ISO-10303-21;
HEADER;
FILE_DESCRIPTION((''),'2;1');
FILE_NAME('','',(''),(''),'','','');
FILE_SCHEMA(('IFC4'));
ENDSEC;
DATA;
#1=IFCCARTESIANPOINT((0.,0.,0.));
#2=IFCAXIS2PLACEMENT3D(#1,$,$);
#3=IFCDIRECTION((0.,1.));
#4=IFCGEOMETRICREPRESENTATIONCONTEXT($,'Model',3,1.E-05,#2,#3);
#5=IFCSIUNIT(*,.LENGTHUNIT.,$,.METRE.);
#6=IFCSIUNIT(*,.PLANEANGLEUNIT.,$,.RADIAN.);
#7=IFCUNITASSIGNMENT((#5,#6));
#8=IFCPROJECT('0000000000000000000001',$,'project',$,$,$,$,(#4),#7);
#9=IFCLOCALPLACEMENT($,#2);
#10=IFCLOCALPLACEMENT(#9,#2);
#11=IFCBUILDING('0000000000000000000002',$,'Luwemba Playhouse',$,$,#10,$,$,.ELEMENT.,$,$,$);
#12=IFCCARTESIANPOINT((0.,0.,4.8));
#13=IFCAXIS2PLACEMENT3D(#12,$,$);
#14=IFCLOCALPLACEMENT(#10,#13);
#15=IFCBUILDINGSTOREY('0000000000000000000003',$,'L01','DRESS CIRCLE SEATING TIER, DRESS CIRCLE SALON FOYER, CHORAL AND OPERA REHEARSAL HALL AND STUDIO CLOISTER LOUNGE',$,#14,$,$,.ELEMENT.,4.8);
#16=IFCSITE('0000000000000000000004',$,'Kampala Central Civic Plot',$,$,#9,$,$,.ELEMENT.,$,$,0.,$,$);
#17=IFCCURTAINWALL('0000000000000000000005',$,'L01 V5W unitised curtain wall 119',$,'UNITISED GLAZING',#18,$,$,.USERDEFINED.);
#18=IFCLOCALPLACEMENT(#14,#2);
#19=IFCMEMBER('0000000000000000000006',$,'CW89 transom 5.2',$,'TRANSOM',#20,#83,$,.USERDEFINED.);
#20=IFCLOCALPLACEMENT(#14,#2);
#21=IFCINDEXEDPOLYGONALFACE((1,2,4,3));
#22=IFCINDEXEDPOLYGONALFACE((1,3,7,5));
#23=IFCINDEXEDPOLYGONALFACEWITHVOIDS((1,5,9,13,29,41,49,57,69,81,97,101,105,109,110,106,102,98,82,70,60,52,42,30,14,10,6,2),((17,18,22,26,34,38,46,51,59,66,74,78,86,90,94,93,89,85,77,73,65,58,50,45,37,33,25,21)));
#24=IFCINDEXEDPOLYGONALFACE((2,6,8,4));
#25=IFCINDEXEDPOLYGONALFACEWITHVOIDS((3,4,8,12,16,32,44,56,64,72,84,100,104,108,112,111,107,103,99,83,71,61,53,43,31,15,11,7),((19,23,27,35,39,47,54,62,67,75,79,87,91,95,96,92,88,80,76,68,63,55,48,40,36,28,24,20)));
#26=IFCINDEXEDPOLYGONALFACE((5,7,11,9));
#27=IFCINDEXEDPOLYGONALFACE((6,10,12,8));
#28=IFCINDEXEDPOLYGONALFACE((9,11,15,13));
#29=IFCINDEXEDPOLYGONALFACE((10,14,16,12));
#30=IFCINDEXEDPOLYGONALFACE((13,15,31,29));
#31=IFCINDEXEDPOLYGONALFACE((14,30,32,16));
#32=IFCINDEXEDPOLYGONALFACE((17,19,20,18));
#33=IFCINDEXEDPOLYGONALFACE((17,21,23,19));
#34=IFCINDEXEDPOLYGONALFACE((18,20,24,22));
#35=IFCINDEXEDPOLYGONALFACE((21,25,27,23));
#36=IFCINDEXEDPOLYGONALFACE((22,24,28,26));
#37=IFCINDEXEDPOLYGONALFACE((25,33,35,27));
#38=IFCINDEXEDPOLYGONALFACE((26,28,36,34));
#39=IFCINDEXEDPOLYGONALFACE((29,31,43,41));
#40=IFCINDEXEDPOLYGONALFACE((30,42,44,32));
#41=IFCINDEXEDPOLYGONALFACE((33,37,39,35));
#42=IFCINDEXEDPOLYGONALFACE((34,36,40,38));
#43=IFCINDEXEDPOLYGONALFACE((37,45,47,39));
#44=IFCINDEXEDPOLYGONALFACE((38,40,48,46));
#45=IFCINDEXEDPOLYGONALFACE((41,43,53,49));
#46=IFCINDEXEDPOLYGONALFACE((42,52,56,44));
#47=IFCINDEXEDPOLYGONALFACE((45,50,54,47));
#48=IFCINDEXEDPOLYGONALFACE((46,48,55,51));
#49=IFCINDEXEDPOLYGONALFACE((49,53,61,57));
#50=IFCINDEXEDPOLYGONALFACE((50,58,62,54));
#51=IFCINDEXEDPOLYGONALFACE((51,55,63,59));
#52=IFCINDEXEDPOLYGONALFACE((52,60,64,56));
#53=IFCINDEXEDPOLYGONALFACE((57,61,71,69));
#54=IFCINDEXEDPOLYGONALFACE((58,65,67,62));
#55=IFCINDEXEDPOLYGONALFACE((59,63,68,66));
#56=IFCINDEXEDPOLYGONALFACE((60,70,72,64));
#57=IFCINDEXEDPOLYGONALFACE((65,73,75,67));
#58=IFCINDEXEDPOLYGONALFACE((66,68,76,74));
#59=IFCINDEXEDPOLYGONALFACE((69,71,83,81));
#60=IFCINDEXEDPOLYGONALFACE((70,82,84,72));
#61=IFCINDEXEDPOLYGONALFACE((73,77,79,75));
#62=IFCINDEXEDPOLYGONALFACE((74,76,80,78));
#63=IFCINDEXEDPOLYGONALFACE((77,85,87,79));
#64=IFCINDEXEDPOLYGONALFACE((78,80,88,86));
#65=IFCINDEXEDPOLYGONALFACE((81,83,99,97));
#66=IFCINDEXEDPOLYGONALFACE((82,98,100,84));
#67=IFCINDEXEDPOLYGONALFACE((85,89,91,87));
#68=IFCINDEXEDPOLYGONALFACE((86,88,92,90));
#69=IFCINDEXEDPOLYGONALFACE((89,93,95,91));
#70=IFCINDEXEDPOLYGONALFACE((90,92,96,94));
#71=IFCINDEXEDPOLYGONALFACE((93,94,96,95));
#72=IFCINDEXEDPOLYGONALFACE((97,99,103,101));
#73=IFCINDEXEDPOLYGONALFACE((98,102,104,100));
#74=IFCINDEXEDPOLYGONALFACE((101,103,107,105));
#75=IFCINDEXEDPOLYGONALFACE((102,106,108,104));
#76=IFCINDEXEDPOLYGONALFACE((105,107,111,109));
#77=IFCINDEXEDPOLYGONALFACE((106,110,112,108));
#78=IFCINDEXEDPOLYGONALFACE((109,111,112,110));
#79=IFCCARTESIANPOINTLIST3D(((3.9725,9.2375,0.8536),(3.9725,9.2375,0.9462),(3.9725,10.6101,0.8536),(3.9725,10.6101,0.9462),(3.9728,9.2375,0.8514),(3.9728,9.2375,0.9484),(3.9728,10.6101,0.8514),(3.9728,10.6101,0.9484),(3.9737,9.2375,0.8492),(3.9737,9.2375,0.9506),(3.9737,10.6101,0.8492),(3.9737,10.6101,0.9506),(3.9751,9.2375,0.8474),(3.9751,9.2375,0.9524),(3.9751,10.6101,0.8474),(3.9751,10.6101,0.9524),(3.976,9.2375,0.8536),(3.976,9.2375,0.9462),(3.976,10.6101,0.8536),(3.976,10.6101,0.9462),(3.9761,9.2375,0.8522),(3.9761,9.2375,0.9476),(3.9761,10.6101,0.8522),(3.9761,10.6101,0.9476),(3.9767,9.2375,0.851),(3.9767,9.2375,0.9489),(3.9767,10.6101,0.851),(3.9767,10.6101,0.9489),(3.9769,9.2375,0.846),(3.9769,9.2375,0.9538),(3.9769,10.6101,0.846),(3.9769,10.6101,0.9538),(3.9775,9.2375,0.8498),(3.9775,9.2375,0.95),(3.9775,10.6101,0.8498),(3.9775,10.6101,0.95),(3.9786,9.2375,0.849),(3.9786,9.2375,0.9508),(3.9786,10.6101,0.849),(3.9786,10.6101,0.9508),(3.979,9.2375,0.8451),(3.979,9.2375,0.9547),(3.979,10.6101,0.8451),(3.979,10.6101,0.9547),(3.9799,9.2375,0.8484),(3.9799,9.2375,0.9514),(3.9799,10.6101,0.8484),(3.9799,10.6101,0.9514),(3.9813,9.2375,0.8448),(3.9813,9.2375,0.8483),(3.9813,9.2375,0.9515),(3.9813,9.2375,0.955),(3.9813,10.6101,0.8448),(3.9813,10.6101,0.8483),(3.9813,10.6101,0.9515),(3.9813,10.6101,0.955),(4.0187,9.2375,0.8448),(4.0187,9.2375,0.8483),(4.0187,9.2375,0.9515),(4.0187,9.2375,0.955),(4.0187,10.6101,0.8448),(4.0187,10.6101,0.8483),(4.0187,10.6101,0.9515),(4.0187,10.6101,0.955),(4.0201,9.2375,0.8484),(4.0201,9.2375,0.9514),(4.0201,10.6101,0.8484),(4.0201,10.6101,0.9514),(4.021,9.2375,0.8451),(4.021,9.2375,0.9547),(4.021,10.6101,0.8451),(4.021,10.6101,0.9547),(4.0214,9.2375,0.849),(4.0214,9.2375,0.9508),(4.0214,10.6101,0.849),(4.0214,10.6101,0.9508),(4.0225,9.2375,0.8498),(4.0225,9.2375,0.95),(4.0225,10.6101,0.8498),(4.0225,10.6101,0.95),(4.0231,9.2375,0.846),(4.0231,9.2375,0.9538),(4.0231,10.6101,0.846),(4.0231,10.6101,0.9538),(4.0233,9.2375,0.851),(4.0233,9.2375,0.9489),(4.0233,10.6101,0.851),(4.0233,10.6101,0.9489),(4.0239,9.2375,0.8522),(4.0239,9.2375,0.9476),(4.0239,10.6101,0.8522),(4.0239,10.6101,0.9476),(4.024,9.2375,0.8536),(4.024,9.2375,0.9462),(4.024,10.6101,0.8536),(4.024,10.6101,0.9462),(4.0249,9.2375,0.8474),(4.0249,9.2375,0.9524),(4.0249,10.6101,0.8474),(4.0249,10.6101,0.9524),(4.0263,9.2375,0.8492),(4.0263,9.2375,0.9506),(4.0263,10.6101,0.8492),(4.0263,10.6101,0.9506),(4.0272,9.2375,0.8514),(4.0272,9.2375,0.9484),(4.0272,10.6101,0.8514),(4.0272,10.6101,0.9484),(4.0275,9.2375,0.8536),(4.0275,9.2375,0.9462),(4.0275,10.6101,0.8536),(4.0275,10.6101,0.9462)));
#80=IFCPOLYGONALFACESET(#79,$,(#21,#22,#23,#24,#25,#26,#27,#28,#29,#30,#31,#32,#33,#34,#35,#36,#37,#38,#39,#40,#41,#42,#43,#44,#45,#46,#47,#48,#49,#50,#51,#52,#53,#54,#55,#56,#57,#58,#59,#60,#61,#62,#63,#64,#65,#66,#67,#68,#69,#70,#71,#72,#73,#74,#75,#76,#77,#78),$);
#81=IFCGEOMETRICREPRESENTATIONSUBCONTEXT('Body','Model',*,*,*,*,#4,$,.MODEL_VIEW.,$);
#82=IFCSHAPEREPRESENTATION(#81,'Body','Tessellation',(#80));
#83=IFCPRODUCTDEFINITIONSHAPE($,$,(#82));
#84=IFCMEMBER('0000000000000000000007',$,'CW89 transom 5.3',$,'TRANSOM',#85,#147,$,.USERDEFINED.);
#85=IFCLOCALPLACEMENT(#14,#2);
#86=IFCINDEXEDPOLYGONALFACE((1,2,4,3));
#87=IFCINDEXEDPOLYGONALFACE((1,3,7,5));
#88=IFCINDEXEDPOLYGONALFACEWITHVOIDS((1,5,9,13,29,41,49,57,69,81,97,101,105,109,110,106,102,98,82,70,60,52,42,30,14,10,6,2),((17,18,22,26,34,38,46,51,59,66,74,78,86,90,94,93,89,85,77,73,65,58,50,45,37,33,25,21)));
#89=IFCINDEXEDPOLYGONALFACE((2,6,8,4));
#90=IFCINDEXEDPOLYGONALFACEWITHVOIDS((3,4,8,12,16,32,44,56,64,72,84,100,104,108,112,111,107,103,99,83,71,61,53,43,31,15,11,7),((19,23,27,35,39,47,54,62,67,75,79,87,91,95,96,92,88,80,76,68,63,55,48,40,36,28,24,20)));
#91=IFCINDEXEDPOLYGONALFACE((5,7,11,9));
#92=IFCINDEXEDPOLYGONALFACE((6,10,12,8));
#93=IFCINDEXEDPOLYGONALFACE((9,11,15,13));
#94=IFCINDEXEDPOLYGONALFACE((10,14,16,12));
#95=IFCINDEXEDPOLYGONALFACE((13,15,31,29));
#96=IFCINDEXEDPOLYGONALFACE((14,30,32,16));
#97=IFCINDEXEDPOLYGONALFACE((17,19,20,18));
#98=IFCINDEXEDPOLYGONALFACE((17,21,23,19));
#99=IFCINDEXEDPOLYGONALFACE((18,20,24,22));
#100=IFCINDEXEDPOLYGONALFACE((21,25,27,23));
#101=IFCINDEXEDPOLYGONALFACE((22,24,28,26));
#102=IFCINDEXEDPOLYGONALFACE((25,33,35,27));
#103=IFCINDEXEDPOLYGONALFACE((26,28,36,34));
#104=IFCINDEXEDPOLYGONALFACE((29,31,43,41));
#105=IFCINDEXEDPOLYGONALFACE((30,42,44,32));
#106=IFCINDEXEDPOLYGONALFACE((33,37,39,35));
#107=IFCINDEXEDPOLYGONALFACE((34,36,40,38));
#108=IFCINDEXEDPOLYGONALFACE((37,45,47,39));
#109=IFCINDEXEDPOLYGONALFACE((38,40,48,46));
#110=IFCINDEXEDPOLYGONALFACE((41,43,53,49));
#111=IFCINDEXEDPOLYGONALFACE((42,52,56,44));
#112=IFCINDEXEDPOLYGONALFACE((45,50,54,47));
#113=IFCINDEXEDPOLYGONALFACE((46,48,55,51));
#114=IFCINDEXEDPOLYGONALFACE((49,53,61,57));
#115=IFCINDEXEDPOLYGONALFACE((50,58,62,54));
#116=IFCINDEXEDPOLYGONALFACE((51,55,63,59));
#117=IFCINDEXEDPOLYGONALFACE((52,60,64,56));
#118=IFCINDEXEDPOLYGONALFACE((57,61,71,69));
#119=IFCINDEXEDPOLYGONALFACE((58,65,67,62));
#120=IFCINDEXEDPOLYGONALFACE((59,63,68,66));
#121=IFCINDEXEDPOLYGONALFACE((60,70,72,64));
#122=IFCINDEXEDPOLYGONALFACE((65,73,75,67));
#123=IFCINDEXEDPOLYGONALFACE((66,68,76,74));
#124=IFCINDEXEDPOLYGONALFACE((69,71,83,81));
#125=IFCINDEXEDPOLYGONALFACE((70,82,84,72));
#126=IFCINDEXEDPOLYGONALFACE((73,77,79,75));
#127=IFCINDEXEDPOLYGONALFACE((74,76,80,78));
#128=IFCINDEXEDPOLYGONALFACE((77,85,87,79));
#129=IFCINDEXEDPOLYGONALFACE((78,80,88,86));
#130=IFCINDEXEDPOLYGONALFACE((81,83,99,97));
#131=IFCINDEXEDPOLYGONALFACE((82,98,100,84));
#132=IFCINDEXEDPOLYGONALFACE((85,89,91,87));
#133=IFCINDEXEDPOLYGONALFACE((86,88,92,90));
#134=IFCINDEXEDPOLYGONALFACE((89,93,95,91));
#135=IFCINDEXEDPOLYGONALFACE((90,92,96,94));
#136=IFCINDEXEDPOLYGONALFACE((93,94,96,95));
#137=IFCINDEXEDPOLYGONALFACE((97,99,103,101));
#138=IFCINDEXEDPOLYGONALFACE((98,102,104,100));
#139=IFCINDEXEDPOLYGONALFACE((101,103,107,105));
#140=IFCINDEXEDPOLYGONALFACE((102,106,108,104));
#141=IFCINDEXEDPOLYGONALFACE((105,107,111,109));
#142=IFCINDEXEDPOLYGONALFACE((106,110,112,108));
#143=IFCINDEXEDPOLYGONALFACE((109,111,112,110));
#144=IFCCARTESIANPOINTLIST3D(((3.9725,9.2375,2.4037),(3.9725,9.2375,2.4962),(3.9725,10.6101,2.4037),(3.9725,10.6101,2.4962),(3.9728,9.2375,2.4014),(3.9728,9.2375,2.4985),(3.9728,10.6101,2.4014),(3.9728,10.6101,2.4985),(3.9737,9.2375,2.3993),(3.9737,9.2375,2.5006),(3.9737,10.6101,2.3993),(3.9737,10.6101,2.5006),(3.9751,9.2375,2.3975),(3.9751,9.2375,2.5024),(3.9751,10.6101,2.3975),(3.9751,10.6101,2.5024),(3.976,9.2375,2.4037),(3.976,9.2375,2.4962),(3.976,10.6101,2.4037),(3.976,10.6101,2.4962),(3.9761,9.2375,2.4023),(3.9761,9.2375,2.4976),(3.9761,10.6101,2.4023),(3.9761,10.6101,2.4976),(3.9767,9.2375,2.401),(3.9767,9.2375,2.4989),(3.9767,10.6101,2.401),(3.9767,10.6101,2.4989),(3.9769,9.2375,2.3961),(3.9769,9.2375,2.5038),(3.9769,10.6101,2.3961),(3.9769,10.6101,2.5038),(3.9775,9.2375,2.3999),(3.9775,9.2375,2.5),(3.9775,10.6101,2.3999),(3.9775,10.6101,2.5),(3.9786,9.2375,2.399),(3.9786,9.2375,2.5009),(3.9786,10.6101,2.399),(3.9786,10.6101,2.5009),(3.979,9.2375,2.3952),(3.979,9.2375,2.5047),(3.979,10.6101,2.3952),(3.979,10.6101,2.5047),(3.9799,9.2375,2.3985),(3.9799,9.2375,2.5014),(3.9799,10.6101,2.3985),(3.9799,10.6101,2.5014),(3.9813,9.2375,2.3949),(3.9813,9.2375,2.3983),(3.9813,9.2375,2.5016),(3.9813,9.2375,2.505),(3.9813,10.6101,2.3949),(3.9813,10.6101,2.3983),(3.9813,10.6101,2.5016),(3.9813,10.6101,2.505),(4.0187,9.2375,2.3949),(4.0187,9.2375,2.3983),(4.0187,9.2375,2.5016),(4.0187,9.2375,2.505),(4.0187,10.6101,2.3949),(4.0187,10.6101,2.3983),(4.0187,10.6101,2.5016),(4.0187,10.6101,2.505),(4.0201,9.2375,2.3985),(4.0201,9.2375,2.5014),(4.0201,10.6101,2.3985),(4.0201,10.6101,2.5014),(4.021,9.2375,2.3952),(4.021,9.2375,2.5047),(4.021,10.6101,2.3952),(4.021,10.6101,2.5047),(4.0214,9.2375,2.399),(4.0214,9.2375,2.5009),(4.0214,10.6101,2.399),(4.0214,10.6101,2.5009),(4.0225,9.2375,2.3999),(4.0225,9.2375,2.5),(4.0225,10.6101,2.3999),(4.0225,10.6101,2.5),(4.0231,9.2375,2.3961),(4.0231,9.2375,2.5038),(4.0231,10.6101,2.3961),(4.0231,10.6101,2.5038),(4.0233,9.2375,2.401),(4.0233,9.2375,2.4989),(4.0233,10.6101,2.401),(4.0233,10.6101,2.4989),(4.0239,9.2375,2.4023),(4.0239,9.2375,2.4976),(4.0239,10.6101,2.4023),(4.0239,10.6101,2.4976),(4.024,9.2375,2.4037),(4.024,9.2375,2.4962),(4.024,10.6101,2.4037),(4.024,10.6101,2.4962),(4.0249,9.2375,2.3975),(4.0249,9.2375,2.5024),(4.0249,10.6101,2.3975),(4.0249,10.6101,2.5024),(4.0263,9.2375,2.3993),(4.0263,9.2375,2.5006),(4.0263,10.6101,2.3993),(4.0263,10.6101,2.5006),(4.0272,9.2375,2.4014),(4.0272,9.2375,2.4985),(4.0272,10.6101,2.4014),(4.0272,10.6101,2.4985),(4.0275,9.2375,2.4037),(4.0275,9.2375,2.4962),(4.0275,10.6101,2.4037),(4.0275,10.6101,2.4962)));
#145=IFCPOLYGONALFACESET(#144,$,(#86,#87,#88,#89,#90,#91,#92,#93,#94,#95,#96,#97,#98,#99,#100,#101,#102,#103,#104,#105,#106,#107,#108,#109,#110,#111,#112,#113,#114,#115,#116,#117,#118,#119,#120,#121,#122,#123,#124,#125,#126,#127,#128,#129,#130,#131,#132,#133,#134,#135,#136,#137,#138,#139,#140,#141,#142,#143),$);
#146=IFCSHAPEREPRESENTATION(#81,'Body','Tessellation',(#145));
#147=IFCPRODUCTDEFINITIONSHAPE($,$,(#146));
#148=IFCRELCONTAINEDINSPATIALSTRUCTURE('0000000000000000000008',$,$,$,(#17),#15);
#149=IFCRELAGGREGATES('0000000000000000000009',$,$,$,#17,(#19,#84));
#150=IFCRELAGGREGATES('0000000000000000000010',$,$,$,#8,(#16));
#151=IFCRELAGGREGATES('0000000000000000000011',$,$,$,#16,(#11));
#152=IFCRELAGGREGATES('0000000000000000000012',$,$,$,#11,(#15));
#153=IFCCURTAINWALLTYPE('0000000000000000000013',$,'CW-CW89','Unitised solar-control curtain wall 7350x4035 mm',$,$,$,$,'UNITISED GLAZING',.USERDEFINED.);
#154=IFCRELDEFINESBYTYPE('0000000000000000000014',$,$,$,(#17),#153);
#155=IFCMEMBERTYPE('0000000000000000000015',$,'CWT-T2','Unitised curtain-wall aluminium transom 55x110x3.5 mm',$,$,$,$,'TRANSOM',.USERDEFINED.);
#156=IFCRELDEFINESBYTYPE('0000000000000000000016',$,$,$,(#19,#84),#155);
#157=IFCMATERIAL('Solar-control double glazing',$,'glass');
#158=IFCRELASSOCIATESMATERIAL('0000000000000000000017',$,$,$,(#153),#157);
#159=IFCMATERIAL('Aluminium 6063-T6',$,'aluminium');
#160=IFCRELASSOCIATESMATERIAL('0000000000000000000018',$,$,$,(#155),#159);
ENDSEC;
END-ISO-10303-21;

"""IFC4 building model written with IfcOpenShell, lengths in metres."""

from ifc_helpers import new_model, si_unit, direction, frame, origin, origin_2d, place, context, subcontext, project, spatial, hollow_rectangle, extrude, material, material_profile, profile_set, type_object, element, aggregate, save


model = new_model("IFC4")

# Units and contexts
model_context = context("Model", 3, precision=1e-05, world=origin(), true_north=direction((0.0, 1.0)))
body_context = subcontext(model_context, "Body", "Model", "MODEL_VIEW")
ifc_project = project(units=[si_unit("LENGTHUNIT", "METRE"), si_unit("PLANEANGLEUNIT", "RADIAN")], contexts=[model_context])

# Site, building, storey
site_placement = place(None, origin())
site = spatial("IfcSite", under=ifc_project, at=site_placement, Name="Kampala Central Civic Plot", CompositionType="ELEMENT", RefElevation=0.0)
building_placement = place(site_placement, origin())
building = spatial("IfcBuilding", under=site, at=building_placement, Name="Luwemba Playhouse", CompositionType="ELEMENT")
storey_placement = place(building_placement, frame((0.0, 0.0, 4.8)))
storey = spatial("IfcBuildingStorey", under=building, at=storey_placement, Name="L01", Description="DRESS CIRCLE SEATING TIER, DRESS CIRCLE SALON FOYER, CHORAL AND OPERA REHEARSAL HALL AND STUDIO CLOISTER LOUNGE", CompositionType="ELEMENT", Elevation=4.8)

# Curtain wall, members
ifc_material_1 = material(Name="Solar-control double glazing", Category="glass")
curtain_wall_type = type_object("IfcCurtainWallType", Name="CW-CW89", Description="Unitised solar-control curtain wall 7350x4035 mm", ElementType="UNITISED GLAZING", PredefinedType="USERDEFINED", material=ifc_material_1)
curtain_wall_placement = place(storey_placement, origin())
curtain_wall = element("IfcCurtainWall", 1, at=curtain_wall_placement, inside=storey, type_object=curtain_wall_type, Name="L01 V5W unitised curtain wall 119", ObjectType="UNITISED GLAZING", PredefinedType="USERDEFINED")
ifc_material_2 = material(Name="Aluminium 6063-T6", Category="aluminium")
ifc_material_profile_1 = material_profile(ifc_material_2, hollow_rectangle(XDim=0.0549, YDim=0.1101, WallThickness=0.0034, InnerFilletRadius=0.0054, OuterFilletRadius=0.0088, at=origin_2d()))
ifc_profile_set_1 = profile_set([ifc_material_profile_1], Name="Aluminium 6063-T6")
member_type_1 = type_object("IfcMemberType", Name="CWT-T2", Description="Unitised curtain-wall aluminium transom 55x110x3.5 mm", ElementType="TRANSOM", PredefinedType="USERDEFINED", material=ifc_profile_set_1)
member_1_placement = place(storey_placement, frame((4.0, 9.2375, 0.8999), z_axis=(0.0, 1.0, 0.0), x_axis=(-1.0, 0.0, 0.0)))
member_1 = element("IfcMember", 2, at=member_1_placement, type_object=member_type_1, Name="CW89 transom 5.2", ObjectType="TRANSOM", PredefinedType="USERDEFINED", context=body_context, shape_type="SweptSolid", body=[
    extrude(hollow_rectangle(XDim=0.0549, YDim=0.1101, WallThickness=0.0034, InnerFilletRadius=0.0054, OuterFilletRadius=0.0088, at=origin_2d()), origin(), (0.0, 0.0, 1.0), 1.3726),
])
member_2_placement = place(storey_placement, frame((4.0, 9.2375, 2.45), z_axis=(0.0, 1.0, 0.0), x_axis=(-1.0, 0.0, 0.0)))
member_2 = element("IfcMember", 3, at=member_2_placement, type_object=member_type_1, Name="CW89 transom 5.3", ObjectType="TRANSOM", PredefinedType="USERDEFINED", context=body_context, shape_type="SweptSolid", body=[
    extrude(hollow_rectangle(XDim=0.0549, YDim=0.1101, WallThickness=0.0034, InnerFilletRadius=0.0054, OuterFilletRadius=0.0088, at=origin_2d()), origin(), (0.0, 0.0, 1.0), 1.3726),
])
aggregate(curtain_wall, [member_1, member_2])

save(model, "model.ifc")
